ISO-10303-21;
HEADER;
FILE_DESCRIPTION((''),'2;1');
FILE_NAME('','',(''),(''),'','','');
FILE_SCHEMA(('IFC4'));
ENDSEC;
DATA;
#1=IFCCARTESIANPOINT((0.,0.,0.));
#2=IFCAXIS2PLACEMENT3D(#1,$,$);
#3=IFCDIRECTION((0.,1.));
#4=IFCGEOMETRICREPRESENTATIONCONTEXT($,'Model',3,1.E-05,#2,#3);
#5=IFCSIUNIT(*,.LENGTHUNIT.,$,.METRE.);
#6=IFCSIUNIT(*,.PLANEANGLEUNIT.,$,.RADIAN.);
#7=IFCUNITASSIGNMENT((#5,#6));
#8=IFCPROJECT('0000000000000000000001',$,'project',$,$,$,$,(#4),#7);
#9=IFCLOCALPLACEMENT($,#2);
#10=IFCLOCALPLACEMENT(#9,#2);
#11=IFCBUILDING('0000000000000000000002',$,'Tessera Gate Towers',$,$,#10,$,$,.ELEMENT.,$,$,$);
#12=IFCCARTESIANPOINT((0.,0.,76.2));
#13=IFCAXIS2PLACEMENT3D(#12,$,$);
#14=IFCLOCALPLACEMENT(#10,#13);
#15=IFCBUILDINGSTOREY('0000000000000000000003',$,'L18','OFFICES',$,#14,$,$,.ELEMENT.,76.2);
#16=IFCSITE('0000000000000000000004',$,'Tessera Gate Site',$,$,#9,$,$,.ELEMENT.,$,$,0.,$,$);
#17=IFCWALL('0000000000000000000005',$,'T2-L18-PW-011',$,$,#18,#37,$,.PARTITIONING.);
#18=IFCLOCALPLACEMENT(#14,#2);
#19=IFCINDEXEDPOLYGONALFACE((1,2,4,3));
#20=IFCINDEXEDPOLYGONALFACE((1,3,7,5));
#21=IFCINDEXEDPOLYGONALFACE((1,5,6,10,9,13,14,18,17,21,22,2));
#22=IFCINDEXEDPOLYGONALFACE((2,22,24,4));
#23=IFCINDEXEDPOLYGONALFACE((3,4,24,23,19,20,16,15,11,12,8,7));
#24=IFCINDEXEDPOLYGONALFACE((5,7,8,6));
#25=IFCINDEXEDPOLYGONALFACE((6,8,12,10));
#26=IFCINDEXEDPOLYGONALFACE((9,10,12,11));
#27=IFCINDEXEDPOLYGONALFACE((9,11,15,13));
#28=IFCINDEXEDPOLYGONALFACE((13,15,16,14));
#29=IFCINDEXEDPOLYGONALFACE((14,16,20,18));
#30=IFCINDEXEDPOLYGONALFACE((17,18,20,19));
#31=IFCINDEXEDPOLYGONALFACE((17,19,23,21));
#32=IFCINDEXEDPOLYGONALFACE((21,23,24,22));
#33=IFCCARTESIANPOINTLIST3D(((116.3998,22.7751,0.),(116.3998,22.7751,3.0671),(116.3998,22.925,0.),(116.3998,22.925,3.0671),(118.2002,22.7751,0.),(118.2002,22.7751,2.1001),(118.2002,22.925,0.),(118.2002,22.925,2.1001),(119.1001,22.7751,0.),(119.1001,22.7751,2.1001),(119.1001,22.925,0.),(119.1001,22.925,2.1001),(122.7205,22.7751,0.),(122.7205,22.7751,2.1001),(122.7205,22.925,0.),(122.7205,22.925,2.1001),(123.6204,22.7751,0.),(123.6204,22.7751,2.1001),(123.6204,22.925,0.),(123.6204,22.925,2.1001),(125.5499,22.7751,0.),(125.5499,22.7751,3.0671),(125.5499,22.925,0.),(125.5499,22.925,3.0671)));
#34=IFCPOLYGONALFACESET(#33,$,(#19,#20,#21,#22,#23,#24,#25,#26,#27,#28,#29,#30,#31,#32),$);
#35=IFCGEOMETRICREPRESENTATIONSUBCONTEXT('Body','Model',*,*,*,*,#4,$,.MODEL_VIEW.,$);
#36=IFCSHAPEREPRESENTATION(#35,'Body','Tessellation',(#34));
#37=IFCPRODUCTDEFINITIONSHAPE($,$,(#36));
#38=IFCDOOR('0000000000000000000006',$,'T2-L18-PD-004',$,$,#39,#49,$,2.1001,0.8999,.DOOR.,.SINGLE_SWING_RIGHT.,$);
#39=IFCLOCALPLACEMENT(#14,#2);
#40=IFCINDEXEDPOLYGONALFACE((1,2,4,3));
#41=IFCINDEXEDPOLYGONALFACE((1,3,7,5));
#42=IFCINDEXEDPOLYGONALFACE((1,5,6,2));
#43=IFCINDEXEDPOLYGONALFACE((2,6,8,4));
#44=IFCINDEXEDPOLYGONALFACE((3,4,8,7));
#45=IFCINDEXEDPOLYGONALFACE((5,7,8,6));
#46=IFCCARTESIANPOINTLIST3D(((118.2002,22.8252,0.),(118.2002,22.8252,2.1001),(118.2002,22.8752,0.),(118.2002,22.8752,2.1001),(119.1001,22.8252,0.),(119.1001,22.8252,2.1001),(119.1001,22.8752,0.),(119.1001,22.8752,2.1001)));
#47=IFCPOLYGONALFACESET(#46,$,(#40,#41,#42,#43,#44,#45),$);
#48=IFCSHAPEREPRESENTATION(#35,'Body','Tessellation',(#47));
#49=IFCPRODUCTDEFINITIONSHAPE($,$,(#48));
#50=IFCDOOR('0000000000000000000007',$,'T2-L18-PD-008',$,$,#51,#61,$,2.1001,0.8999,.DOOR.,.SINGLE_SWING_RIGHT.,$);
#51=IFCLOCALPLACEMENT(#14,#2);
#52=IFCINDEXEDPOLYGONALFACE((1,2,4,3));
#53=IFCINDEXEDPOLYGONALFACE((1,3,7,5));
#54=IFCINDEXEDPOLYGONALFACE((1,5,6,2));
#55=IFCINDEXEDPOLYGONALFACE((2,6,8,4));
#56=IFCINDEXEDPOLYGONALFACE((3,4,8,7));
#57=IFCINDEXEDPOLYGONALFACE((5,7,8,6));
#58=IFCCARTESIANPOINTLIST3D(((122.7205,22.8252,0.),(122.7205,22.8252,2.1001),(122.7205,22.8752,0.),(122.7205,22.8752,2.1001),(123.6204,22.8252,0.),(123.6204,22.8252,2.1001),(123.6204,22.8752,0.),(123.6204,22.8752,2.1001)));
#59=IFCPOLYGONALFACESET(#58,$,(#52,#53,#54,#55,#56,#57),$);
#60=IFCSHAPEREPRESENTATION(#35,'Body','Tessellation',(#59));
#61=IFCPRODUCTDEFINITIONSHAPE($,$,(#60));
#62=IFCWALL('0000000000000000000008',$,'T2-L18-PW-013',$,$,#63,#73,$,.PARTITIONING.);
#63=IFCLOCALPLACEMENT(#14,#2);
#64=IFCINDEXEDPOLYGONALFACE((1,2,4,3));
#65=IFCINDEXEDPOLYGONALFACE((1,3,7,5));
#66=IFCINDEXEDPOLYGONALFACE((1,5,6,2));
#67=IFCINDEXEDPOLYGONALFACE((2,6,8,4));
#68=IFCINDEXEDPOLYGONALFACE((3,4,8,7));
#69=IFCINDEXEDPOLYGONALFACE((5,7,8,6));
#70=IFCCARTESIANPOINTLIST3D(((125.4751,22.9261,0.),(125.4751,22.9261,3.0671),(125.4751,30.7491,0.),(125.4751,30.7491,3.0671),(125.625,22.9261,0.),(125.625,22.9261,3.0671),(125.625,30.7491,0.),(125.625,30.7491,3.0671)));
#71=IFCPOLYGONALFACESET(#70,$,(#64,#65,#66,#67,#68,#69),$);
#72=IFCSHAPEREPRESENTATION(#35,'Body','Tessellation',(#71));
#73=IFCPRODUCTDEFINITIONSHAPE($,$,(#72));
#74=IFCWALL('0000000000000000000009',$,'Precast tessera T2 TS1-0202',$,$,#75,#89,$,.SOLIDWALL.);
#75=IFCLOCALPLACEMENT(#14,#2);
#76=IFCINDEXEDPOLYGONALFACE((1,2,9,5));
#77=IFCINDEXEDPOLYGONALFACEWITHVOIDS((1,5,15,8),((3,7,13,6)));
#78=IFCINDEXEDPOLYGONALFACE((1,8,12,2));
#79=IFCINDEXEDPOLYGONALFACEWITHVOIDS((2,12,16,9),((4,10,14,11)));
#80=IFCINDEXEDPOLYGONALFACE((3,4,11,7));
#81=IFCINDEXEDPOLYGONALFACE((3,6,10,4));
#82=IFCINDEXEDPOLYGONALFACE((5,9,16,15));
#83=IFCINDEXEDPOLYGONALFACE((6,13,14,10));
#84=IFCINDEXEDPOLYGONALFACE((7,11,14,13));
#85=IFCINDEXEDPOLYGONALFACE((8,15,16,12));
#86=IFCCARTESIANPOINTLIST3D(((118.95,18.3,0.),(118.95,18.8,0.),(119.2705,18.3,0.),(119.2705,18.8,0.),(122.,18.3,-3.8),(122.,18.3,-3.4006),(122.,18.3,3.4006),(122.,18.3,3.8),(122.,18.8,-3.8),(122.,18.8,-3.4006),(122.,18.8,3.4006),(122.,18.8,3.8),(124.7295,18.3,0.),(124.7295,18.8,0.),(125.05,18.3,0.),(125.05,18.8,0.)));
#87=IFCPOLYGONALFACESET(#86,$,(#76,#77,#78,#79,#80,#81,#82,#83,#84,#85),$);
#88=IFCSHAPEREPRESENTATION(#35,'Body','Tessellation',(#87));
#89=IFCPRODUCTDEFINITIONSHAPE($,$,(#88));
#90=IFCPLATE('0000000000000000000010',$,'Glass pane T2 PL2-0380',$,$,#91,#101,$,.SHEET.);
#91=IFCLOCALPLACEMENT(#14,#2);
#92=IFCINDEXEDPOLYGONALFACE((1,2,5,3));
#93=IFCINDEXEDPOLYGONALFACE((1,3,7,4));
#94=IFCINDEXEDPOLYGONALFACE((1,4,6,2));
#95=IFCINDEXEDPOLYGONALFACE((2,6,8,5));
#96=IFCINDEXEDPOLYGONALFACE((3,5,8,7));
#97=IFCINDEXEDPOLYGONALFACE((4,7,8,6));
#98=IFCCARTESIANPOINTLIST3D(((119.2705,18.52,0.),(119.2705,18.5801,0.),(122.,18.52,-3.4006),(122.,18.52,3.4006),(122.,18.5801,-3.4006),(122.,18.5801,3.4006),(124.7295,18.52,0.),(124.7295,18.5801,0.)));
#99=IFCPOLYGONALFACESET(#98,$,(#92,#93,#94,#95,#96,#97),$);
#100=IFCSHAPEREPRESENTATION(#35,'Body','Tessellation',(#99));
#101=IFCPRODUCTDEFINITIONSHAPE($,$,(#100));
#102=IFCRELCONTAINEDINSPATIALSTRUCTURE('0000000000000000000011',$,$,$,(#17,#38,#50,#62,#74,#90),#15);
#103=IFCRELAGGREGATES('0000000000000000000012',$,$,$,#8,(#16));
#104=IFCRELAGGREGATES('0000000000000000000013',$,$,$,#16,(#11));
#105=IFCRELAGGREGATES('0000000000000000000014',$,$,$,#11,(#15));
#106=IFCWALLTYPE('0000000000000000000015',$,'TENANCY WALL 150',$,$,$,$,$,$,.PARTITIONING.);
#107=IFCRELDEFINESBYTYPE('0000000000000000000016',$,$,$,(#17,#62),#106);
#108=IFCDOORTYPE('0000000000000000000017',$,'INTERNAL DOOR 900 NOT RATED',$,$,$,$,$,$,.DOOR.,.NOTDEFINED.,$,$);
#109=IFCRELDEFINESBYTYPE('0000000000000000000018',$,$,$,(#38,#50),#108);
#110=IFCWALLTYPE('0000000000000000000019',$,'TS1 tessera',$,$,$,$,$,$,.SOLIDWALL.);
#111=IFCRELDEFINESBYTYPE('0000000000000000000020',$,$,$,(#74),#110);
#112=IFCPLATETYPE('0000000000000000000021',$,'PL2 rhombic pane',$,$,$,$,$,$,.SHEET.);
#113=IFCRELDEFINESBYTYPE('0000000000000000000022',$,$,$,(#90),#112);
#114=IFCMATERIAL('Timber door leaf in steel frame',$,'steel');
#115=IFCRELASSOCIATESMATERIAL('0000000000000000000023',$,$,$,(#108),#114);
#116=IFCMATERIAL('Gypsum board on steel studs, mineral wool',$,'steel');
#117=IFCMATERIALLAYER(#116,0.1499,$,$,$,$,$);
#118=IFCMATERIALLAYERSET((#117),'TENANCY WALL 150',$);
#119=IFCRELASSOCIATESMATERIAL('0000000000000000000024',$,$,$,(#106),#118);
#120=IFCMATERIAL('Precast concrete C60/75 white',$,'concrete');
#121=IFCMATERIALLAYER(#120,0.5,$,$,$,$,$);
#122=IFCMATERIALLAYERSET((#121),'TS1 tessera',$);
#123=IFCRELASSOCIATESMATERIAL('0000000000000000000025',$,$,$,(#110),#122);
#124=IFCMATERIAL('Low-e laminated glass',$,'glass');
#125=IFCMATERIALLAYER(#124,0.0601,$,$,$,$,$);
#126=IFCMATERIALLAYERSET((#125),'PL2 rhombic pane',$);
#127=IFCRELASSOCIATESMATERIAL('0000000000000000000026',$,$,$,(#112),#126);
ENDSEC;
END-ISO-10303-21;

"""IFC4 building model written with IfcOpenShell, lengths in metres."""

from ifc_helpers import new_model, si_unit, direction, frame, frame_2d, origin, place, context, subcontext, project, spatial, polyline, rectangle, outline, extrude, source, transform, mapped, material, layer, layer_set, type_object, element, fill, save


model = new_model("IFC4")

# Units and contexts
model_context = context("Model", 3, precision=1e-05, world=origin(), true_north=direction((0.0, 1.0)))
body_context = subcontext(model_context, "Body", "Model", "MODEL_VIEW")
ifc_project = project(units=[si_unit("LENGTHUNIT", "METRE"), si_unit("PLANEANGLEUNIT", "RADIAN")], contexts=[model_context])

# Site, building, storey
site_placement = place(None, origin())
site = spatial("IfcSite", under=ifc_project, at=site_placement, Name="Tessera Gate Site", CompositionType="ELEMENT", RefElevation=0.0)
building_placement = place(site_placement, origin())
building = spatial("IfcBuilding", under=site, at=building_placement, Name="Tessera Gate Towers", CompositionType="ELEMENT")
storey_placement = place(building_placement, frame((0.0, 0.0, 76.2)))
storey = spatial("IfcBuildingStorey", under=building, at=storey_placement, Name="L18", Description="OFFICES", CompositionType="ELEMENT", Elevation=76.2)

# Shared definitions
ifc_material_1 = material(Name="Timber door leaf in steel frame", Category="steel")
door_type = type_object("IfcDoorType", Name="INTERNAL DOOR 900 NOT RATED", OperationType="NOTDEFINED", PredefinedType="DOOR", material=ifc_material_1)
shared_shape_1 = source(origin(), body_context, "Body", "SweptSolid", [
    extrude(rectangle(XDim=0.8999, YDim=2.1001, at=frame_2d((0.45, 1.05))), frame((0.0, 0.0249, 0.0), z_axis=(0.0, -1.0, 0.0), x_axis=(1.0, 0.0, 0.0)), (0.0, 0.0, 1.0), 0.05),
])

# Shared definitions
ifc_material_2 = material(Name="Gypsum board on steel studs, mineral wool", Category="steel")
ifc_layer_1 = layer(ifc_material_2, 0.1499)
ifc_layer_set_1 = layer_set([ifc_layer_1], Name="TENANCY WALL 150")
wall_type_1 = type_object("IfcWallType", Name="TENANCY WALL 150", PredefinedType="PARTITIONING", material=ifc_layer_set_1)

# Wall, openings, doors
wall_1_placement = place(storey_placement, frame((125.55, 22.8501, 0.0), z_axis=(0.0, 0.0, 1.0), x_axis=(-1.0, 0.0, 0.0)))
wall_1 = element("IfcWall", 1, at=wall_1_placement, inside=storey, type_object=wall_type_1, Name="T2-L18-PW-011", PredefinedType="PARTITIONING", context=body_context, shape_type="SweptSolid", body=[
    extrude(rectangle(XDim=9.1501, YDim=0.1499, at=frame_2d((4.5752, 0.0))), origin(), (0.0, 0.0, 1.0), 3.0671),
])
shared_shape_2 = source(origin(), body_context, "Body", "SweptSolid", [
    extrude(rectangle(XDim=0.8999, YDim=2.1001, at=frame_2d((0.45, 1.05))), frame((0.0, 0.085, 0.0), z_axis=(0.0, -1.0, 0.0), x_axis=(1.0, 0.0, 0.0)), (0.0, 0.0, 1.0), 0.1699),
])
opening_1_placement = place(wall_1_placement, frame((6.45, 0.0, 0.0)))
opening_1 = element("IfcOpeningElement", 2, at=opening_1_placement, cuts=wall_1, PredefinedType="OPENING", context=body_context, shape_type="MappedRepresentation", body=[
    mapped(shared_shape_2, transform((0.0, 0.0, 0.0), scale=1.0)),
])
opening_2_placement = place(wall_1_placement, frame((1.9297, 0.0, 0.0)))
opening_2 = element("IfcOpeningElement", 3, at=opening_2_placement, cuts=wall_1, PredefinedType="OPENING", context=body_context, shape_type="MappedRepresentation", body=[
    mapped(shared_shape_2, transform((0.0, 0.0, 0.0), scale=1.0)),
])
door_1_placement = place(opening_1_placement, origin())
door_1 = element("IfcDoor", 4, at=door_1_placement, inside=storey, type_object=door_type, Name="T2-L18-PD-004", OperationType="SINGLE_SWING_RIGHT", OverallHeight=2.1001, OverallWidth=0.8999, PredefinedType="DOOR", context=body_context, shape_type="MappedRepresentation", body=[
    mapped(shared_shape_1, transform((0.0, 0.0, 0.0), scale=1.0)),
])
fill(opening_1, door_1)
door_2_placement = place(opening_2_placement, origin())
door_2 = element("IfcDoor", 5, at=door_2_placement, inside=storey, type_object=door_type, Name="T2-L18-PD-008", OperationType="SINGLE_SWING_RIGHT", OverallHeight=2.1001, OverallWidth=0.8999, PredefinedType="DOOR", context=body_context, shape_type="MappedRepresentation", body=[
    mapped(shared_shape_1, transform((0.0, 0.0, 0.0), scale=1.0)),
])
fill(opening_2, door_2)

# Wall
wall_2_placement = place(storey_placement, frame((125.55, 22.926, 0.0), z_axis=(0.0, 0.0, 1.0), x_axis=(0.0, 1.0, 0.0)))
element("IfcWall", 6, at=wall_2_placement, inside=storey, type_object=wall_type_1, Name="T2-L18-PW-013", PredefinedType="PARTITIONING", context=body_context, shape_type="SweptSolid", body=[
    extrude(rectangle(XDim=7.823, YDim=0.1499, at=frame_2d((3.9116, 0.0))), origin(), (0.0, 0.0, 1.0), 3.0671),
])

# Wall, opening, plate
ifc_material_3 = material(Name="Precast concrete C60/75 white", Category="concrete")
ifc_layer_2 = layer(ifc_material_3, 0.5)
ifc_layer_set_2 = layer_set([ifc_layer_2], Name="TS1 tessera")
wall_type_2 = type_object("IfcWallType", Name="TS1 tessera", PredefinedType="SOLIDWALL", material=ifc_layer_set_2)
shared_shape_3 = source(origin(), body_context, "Body", "SweptSolid", [
    extrude(outline(polyline([(3.05, 0.0), (6.1001, 3.8), (3.05, 7.6001), (0.0, 3.8), (3.05, 0.0)])), frame((0.0, 0.25, 0.0), z_axis=(0.0, -1.0, 0.0), x_axis=(1.0, 0.0, 0.0)), (0.0, 0.0, 1.0), 0.5),
])
wall_3_placement = place(storey_placement, frame((118.95, 18.55, -3.8), z_axis=(0.0, 0.0, 1.0), x_axis=(1.0, 0.0, 0.0)))
wall_3 = element("IfcWall", 7, at=wall_3_placement, inside=storey, type_object=wall_type_2, Name="Precast tessera T2 TS1-0202", PredefinedType="SOLIDWALL", context=body_context, shape_type="MappedRepresentation", body=[
    mapped(shared_shape_3, transform((0.0, 0.0, 0.0), scale=1.0)),
])
shared_shape_4 = source(origin(), body_context, "Body", "SweptSolid", [
    extrude(outline(polyline([(3.05, 0.3994), (5.7795, 3.8), (3.05, 7.2007), (0.3206, 3.8), (3.05, 0.3994)])), frame((0.0, 0.26, 0.0), z_axis=(0.0, -1.0, 0.0), x_axis=(1.0, 0.0, 0.0)), (0.0, 0.0, 1.0), 0.52),
])
opening_3_placement = place(wall_3_placement, origin())
opening_3 = element("IfcOpeningElement", 8, at=opening_3_placement, cuts=wall_3, PredefinedType="OPENING", context=body_context, shape_type="MappedRepresentation", body=[
    mapped(shared_shape_4, transform((0.0, 0.0, 0.0), scale=1.0)),
])
ifc_material_4 = material(Name="Low-e laminated glass", Category="glass")
ifc_layer_3 = layer(ifc_material_4, 0.0601)
ifc_layer_set_3 = layer_set([ifc_layer_3], Name="PL2 rhombic pane")
plate_type = type_object("IfcPlateType", Name="PL2 rhombic pane", PredefinedType="SHEET", material=ifc_layer_set_3)
shared_shape_5 = source(origin(), body_context, "Body", "SweptSolid", [
    extrude(outline(polyline([(3.05, 0.3994), (5.7795, 3.8), (3.05, 7.2007), (0.3206, 3.8), (3.05, 0.3994)])), frame((0.0, 0.03, 0.0), z_axis=(0.0, -1.0, 0.0), x_axis=(1.0, 0.0, 0.0)), (0.0, 0.0, 1.0), 0.0601),
])
plate_placement = place(opening_3_placement, origin())
plate = element("IfcPlate", 9, at=plate_placement, inside=storey, type_object=plate_type, Name="Glass pane T2 PL2-0380", PredefinedType="SHEET", context=body_context, shape_type="MappedRepresentation", body=[
    mapped(shared_shape_5, transform((0.0, 0.0, 0.0), scale=1.0)),
])
fill(opening_3, plate)

save(model, "model.ifc")
